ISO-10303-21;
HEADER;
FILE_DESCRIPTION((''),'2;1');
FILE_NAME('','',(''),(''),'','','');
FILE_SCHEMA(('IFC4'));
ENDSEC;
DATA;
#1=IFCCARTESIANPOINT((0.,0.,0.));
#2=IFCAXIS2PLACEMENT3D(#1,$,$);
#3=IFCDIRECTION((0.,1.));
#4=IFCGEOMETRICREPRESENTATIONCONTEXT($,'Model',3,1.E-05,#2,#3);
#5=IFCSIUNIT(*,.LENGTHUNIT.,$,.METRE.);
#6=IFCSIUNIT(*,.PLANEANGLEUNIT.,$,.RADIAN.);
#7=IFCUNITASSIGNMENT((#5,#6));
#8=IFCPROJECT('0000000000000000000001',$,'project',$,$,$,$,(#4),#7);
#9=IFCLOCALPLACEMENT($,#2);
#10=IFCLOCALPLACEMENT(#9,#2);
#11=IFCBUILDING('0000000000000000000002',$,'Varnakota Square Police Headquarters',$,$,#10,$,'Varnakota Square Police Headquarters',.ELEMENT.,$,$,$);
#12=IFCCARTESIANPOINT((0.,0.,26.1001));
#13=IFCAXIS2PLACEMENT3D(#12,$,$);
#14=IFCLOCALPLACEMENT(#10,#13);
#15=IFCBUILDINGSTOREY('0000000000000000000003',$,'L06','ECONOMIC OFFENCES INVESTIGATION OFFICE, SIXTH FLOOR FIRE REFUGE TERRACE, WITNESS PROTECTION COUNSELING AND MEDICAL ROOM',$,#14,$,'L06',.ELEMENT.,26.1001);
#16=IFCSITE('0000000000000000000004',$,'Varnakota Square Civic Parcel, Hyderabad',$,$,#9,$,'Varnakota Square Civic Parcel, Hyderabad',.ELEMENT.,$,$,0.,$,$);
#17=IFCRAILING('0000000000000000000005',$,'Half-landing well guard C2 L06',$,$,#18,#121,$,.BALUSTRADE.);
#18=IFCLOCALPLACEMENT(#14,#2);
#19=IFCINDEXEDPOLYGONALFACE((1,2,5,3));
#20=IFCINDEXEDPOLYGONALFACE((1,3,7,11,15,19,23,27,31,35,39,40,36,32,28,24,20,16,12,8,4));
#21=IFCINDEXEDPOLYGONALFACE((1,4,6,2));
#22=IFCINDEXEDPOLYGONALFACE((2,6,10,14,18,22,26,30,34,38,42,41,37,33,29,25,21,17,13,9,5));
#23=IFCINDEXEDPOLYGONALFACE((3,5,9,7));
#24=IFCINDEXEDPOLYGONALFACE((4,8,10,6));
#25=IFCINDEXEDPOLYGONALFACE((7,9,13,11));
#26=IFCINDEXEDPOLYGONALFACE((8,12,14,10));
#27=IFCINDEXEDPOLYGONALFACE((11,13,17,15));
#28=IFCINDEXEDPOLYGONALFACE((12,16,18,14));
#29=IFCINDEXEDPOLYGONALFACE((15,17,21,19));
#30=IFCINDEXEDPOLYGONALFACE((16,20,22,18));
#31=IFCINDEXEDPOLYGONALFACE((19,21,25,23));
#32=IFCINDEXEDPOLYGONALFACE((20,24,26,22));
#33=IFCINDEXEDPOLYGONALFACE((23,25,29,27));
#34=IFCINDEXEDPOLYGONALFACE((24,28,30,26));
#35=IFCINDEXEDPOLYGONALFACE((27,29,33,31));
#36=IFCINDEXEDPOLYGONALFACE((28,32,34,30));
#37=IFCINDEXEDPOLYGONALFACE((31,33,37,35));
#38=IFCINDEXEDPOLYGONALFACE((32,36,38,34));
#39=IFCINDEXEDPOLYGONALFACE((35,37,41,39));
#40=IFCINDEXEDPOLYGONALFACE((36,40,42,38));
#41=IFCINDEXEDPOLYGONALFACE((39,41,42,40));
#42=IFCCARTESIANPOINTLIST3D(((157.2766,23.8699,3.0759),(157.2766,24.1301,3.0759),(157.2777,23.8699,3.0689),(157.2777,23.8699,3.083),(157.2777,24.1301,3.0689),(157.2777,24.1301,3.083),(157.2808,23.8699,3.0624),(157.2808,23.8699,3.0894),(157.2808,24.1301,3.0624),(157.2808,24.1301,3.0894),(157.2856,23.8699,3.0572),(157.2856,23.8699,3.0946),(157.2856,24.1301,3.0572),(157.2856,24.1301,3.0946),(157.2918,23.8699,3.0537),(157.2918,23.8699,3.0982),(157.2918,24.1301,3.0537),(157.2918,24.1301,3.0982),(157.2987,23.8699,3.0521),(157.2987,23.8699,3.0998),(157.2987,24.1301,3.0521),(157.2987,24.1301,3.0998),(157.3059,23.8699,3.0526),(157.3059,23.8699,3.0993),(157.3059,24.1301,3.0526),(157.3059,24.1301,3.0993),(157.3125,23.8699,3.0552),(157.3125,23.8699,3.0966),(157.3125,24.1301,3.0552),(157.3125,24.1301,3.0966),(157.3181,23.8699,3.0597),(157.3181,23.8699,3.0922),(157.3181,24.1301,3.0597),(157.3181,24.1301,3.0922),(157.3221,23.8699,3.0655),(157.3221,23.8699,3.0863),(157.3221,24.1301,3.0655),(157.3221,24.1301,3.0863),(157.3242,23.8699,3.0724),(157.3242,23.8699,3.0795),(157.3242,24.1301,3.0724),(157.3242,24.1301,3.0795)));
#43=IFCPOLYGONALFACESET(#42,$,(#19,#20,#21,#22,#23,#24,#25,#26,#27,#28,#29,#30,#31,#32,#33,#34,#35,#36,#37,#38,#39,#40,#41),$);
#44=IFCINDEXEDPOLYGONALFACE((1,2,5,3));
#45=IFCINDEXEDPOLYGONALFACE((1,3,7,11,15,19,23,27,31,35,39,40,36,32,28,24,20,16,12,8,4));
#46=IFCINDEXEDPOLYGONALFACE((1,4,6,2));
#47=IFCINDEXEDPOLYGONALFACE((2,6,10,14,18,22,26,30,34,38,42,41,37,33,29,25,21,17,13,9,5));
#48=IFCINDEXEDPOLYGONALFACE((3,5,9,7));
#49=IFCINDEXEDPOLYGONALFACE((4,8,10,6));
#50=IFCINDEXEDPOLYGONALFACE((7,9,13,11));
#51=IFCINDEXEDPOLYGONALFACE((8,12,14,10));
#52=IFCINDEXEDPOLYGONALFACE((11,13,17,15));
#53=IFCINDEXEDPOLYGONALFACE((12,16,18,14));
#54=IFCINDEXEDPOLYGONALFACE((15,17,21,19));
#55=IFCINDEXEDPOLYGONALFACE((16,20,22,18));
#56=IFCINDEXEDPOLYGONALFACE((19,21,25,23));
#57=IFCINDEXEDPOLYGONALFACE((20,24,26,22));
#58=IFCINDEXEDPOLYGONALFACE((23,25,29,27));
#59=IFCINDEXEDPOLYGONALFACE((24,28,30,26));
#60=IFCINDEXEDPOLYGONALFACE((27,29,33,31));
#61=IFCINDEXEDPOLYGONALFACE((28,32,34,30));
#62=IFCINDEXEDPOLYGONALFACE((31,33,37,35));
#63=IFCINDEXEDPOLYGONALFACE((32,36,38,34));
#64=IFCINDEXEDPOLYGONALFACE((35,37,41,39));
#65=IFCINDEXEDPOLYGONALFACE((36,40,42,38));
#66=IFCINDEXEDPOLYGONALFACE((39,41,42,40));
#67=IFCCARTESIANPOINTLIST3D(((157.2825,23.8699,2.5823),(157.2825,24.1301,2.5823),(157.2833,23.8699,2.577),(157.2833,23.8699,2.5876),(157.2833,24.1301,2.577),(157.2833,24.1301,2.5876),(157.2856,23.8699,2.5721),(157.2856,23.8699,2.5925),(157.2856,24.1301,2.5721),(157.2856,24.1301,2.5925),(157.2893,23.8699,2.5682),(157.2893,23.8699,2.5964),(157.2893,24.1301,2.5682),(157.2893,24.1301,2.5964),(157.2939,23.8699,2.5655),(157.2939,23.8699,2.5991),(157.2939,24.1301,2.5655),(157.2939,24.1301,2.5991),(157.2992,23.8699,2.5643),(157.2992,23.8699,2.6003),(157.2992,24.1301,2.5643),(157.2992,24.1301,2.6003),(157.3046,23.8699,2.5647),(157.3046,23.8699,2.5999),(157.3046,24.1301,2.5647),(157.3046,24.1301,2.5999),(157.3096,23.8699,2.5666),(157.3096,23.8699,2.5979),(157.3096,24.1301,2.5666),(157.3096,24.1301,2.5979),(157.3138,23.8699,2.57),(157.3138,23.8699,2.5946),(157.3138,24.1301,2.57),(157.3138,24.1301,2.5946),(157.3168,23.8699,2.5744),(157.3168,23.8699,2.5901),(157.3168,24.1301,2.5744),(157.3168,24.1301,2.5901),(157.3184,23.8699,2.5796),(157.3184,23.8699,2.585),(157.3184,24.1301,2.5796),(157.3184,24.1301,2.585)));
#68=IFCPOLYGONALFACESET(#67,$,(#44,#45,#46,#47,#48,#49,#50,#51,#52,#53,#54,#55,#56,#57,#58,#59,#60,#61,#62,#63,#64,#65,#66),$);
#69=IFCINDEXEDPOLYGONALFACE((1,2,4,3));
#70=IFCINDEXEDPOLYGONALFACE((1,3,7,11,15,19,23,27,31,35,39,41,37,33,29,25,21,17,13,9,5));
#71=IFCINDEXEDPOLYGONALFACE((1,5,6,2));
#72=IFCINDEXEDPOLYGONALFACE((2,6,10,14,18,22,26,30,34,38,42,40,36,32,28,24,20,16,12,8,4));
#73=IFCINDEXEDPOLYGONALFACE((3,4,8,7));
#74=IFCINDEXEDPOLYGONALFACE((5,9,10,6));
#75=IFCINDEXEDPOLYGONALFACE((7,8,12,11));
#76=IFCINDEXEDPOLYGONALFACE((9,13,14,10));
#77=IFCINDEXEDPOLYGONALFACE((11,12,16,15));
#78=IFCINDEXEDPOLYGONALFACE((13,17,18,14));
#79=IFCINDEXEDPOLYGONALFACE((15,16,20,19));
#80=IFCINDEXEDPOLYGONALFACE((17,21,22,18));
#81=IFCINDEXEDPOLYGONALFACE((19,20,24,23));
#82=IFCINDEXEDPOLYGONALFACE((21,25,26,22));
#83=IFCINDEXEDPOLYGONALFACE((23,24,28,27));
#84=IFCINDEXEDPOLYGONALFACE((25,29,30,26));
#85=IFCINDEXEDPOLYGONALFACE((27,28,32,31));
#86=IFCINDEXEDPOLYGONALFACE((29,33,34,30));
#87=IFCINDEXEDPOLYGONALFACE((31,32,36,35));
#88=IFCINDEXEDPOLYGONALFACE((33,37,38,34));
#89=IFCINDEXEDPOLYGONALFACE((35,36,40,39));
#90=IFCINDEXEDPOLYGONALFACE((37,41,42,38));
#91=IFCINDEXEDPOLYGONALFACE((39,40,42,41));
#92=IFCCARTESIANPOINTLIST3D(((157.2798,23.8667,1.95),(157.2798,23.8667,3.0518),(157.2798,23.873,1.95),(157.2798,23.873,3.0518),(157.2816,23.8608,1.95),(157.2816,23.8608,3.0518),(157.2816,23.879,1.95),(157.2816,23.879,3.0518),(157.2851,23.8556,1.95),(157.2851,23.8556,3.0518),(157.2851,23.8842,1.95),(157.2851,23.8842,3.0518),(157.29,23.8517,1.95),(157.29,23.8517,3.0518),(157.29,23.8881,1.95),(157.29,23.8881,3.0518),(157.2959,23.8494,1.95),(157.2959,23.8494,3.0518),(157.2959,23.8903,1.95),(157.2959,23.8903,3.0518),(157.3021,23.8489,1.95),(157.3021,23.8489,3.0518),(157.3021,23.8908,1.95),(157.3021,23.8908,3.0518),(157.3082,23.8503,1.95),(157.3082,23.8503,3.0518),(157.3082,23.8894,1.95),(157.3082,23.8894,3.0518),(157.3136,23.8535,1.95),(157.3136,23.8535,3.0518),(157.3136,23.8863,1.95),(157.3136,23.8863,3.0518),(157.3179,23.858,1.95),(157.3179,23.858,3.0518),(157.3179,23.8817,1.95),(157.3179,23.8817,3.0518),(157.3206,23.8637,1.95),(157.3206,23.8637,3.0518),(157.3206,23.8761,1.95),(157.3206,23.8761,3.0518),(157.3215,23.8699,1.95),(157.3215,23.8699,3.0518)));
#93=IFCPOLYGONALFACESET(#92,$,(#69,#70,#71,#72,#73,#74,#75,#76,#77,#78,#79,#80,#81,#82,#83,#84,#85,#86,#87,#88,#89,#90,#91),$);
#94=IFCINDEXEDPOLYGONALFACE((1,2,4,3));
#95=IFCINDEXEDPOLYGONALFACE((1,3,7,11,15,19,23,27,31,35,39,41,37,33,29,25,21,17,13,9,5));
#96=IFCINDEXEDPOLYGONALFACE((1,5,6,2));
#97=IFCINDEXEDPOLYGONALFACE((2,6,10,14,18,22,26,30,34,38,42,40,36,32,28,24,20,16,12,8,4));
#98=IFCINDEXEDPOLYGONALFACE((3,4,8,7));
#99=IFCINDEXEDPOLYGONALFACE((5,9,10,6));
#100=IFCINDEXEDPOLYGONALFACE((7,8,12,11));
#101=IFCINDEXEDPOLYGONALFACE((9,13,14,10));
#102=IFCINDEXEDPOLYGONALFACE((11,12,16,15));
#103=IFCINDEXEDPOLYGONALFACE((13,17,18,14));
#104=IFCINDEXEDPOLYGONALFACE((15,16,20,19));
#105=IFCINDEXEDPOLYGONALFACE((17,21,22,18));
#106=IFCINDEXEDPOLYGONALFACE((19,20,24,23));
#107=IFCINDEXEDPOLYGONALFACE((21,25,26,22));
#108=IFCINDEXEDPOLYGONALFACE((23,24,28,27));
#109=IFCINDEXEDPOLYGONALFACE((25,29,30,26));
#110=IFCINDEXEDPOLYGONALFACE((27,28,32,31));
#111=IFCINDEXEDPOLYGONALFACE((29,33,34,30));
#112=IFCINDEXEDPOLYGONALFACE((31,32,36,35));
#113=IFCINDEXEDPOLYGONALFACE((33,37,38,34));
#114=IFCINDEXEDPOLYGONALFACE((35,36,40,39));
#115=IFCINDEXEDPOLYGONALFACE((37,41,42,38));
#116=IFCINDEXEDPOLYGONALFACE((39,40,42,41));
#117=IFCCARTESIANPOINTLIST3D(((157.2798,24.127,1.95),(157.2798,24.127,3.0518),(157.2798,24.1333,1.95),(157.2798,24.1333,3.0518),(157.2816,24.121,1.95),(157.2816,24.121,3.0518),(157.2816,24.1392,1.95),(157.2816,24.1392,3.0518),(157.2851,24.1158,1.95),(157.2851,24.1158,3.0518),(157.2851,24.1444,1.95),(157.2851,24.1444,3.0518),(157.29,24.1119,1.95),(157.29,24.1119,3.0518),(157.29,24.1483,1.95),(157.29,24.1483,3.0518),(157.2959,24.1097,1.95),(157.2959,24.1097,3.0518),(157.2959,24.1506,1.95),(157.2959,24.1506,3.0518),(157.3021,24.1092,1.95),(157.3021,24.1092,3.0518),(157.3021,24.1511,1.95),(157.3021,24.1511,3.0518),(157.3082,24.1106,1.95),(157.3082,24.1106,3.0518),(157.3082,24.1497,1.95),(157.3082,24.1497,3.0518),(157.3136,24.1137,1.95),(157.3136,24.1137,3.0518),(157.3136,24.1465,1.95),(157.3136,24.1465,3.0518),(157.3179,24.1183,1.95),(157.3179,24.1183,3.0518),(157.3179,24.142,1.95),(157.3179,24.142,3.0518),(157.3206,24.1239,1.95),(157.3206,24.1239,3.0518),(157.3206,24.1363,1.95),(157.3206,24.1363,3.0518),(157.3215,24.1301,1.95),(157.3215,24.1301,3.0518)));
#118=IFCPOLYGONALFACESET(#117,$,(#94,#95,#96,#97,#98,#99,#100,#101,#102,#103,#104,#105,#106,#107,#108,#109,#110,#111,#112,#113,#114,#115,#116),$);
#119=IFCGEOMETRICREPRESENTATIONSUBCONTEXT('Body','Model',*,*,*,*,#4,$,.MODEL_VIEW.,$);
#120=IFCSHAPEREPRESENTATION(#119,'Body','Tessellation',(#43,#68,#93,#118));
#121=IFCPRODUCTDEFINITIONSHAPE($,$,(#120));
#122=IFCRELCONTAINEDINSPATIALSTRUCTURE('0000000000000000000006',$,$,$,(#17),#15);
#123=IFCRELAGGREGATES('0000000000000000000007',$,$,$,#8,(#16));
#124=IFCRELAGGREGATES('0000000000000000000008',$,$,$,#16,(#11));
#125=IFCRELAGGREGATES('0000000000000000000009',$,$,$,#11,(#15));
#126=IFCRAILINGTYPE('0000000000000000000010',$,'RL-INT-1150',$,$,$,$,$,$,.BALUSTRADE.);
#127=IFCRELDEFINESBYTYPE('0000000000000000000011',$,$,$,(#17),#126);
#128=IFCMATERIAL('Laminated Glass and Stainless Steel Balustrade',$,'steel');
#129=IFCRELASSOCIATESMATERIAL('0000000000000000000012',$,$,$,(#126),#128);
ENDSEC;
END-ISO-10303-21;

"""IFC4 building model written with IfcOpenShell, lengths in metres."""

from ifc_helpers import new_model, si_unit, direction, frame, origin, origin_2d, place, context, subcontext, project, spatial, circle, extrude, material, type_object, element, save


model = new_model("IFC4")

# Units and contexts
model_context = context("Model", 3, precision=1e-05, world=origin(), true_north=direction((0.0, 1.0)))
body_context = subcontext(model_context, "Body", "Model", "MODEL_VIEW")
ifc_project = project(units=[si_unit("LENGTHUNIT", "METRE"), si_unit("PLANEANGLEUNIT", "RADIAN")], contexts=[model_context])

# Site, building, storey
site_placement = place(None, origin())
site = spatial("IfcSite", under=ifc_project, at=site_placement, Name="Varnakota Square Civic Parcel, Hyderabad", LongName="Varnakota Square Civic Parcel, Hyderabad", CompositionType="ELEMENT", RefElevation=0.0)
building_placement = place(site_placement, origin())
building = spatial("IfcBuilding", under=site, at=building_placement, Name="Varnakota Square Police Headquarters", LongName="Varnakota Square Police Headquarters", CompositionType="ELEMENT")
storey_placement = place(building_placement, frame((0.0, 0.0, 26.1001)))
storey = spatial("IfcBuildingStorey", under=building, at=storey_placement, Name="L06", Description="ECONOMIC OFFENCES INVESTIGATION OFFICE, SIXTH FLOOR FIRE REFUGE TERRACE, WITNESS PROTECTION COUNSELING AND MEDICAL ROOM", LongName="L06", CompositionType="ELEMENT", Elevation=26.1001)

# Railing
ifc_material_1 = material(Name="Laminated Glass and Stainless Steel Balustrade", Category="steel")
railing_type_1 = type_object("IfcRailingType", Name="RL-INT-1150", PredefinedType="BALUSTRADE", material=ifc_material_1)
railing_1_placement = place(storey_placement, frame((157.3005, 23.8699, 1.95)))
element("IfcRailing", 1, at=railing_1_placement, inside=storey, type_object=railing_type_1, Name="Half-landing well guard C2 L06", PredefinedType="BALUSTRADE", context=body_context, shape_type="SweptSolid", body=[
    extrude(circle(Radius=0.0239, at=origin_2d()), frame((0.0, 0.0, 1.126), z_axis=(0.0, 1.0, 0.0), x_axis=(-1.0, 0.0, 0.0)), (0.0, 0.0, 1.0), 0.2603),
    extrude(circle(Radius=0.0181, at=origin_2d()), frame((0.0, 0.0, 0.6323), z_axis=(0.0, 1.0, 0.0), x_axis=(-1.0, 0.0, 0.0)), (0.0, 0.0, 1.0), 0.2603),
    extrude(circle(Radius=0.021, at=origin_2d()), origin(), (0.0, 0.0, 1.0), 1.1018),
    extrude(circle(Radius=0.021, at=origin_2d()), frame((0.0, 0.2603, 0.0)), (0.0, 0.0, 1.0), 1.1018),
])

save(model, "model.ifc")
